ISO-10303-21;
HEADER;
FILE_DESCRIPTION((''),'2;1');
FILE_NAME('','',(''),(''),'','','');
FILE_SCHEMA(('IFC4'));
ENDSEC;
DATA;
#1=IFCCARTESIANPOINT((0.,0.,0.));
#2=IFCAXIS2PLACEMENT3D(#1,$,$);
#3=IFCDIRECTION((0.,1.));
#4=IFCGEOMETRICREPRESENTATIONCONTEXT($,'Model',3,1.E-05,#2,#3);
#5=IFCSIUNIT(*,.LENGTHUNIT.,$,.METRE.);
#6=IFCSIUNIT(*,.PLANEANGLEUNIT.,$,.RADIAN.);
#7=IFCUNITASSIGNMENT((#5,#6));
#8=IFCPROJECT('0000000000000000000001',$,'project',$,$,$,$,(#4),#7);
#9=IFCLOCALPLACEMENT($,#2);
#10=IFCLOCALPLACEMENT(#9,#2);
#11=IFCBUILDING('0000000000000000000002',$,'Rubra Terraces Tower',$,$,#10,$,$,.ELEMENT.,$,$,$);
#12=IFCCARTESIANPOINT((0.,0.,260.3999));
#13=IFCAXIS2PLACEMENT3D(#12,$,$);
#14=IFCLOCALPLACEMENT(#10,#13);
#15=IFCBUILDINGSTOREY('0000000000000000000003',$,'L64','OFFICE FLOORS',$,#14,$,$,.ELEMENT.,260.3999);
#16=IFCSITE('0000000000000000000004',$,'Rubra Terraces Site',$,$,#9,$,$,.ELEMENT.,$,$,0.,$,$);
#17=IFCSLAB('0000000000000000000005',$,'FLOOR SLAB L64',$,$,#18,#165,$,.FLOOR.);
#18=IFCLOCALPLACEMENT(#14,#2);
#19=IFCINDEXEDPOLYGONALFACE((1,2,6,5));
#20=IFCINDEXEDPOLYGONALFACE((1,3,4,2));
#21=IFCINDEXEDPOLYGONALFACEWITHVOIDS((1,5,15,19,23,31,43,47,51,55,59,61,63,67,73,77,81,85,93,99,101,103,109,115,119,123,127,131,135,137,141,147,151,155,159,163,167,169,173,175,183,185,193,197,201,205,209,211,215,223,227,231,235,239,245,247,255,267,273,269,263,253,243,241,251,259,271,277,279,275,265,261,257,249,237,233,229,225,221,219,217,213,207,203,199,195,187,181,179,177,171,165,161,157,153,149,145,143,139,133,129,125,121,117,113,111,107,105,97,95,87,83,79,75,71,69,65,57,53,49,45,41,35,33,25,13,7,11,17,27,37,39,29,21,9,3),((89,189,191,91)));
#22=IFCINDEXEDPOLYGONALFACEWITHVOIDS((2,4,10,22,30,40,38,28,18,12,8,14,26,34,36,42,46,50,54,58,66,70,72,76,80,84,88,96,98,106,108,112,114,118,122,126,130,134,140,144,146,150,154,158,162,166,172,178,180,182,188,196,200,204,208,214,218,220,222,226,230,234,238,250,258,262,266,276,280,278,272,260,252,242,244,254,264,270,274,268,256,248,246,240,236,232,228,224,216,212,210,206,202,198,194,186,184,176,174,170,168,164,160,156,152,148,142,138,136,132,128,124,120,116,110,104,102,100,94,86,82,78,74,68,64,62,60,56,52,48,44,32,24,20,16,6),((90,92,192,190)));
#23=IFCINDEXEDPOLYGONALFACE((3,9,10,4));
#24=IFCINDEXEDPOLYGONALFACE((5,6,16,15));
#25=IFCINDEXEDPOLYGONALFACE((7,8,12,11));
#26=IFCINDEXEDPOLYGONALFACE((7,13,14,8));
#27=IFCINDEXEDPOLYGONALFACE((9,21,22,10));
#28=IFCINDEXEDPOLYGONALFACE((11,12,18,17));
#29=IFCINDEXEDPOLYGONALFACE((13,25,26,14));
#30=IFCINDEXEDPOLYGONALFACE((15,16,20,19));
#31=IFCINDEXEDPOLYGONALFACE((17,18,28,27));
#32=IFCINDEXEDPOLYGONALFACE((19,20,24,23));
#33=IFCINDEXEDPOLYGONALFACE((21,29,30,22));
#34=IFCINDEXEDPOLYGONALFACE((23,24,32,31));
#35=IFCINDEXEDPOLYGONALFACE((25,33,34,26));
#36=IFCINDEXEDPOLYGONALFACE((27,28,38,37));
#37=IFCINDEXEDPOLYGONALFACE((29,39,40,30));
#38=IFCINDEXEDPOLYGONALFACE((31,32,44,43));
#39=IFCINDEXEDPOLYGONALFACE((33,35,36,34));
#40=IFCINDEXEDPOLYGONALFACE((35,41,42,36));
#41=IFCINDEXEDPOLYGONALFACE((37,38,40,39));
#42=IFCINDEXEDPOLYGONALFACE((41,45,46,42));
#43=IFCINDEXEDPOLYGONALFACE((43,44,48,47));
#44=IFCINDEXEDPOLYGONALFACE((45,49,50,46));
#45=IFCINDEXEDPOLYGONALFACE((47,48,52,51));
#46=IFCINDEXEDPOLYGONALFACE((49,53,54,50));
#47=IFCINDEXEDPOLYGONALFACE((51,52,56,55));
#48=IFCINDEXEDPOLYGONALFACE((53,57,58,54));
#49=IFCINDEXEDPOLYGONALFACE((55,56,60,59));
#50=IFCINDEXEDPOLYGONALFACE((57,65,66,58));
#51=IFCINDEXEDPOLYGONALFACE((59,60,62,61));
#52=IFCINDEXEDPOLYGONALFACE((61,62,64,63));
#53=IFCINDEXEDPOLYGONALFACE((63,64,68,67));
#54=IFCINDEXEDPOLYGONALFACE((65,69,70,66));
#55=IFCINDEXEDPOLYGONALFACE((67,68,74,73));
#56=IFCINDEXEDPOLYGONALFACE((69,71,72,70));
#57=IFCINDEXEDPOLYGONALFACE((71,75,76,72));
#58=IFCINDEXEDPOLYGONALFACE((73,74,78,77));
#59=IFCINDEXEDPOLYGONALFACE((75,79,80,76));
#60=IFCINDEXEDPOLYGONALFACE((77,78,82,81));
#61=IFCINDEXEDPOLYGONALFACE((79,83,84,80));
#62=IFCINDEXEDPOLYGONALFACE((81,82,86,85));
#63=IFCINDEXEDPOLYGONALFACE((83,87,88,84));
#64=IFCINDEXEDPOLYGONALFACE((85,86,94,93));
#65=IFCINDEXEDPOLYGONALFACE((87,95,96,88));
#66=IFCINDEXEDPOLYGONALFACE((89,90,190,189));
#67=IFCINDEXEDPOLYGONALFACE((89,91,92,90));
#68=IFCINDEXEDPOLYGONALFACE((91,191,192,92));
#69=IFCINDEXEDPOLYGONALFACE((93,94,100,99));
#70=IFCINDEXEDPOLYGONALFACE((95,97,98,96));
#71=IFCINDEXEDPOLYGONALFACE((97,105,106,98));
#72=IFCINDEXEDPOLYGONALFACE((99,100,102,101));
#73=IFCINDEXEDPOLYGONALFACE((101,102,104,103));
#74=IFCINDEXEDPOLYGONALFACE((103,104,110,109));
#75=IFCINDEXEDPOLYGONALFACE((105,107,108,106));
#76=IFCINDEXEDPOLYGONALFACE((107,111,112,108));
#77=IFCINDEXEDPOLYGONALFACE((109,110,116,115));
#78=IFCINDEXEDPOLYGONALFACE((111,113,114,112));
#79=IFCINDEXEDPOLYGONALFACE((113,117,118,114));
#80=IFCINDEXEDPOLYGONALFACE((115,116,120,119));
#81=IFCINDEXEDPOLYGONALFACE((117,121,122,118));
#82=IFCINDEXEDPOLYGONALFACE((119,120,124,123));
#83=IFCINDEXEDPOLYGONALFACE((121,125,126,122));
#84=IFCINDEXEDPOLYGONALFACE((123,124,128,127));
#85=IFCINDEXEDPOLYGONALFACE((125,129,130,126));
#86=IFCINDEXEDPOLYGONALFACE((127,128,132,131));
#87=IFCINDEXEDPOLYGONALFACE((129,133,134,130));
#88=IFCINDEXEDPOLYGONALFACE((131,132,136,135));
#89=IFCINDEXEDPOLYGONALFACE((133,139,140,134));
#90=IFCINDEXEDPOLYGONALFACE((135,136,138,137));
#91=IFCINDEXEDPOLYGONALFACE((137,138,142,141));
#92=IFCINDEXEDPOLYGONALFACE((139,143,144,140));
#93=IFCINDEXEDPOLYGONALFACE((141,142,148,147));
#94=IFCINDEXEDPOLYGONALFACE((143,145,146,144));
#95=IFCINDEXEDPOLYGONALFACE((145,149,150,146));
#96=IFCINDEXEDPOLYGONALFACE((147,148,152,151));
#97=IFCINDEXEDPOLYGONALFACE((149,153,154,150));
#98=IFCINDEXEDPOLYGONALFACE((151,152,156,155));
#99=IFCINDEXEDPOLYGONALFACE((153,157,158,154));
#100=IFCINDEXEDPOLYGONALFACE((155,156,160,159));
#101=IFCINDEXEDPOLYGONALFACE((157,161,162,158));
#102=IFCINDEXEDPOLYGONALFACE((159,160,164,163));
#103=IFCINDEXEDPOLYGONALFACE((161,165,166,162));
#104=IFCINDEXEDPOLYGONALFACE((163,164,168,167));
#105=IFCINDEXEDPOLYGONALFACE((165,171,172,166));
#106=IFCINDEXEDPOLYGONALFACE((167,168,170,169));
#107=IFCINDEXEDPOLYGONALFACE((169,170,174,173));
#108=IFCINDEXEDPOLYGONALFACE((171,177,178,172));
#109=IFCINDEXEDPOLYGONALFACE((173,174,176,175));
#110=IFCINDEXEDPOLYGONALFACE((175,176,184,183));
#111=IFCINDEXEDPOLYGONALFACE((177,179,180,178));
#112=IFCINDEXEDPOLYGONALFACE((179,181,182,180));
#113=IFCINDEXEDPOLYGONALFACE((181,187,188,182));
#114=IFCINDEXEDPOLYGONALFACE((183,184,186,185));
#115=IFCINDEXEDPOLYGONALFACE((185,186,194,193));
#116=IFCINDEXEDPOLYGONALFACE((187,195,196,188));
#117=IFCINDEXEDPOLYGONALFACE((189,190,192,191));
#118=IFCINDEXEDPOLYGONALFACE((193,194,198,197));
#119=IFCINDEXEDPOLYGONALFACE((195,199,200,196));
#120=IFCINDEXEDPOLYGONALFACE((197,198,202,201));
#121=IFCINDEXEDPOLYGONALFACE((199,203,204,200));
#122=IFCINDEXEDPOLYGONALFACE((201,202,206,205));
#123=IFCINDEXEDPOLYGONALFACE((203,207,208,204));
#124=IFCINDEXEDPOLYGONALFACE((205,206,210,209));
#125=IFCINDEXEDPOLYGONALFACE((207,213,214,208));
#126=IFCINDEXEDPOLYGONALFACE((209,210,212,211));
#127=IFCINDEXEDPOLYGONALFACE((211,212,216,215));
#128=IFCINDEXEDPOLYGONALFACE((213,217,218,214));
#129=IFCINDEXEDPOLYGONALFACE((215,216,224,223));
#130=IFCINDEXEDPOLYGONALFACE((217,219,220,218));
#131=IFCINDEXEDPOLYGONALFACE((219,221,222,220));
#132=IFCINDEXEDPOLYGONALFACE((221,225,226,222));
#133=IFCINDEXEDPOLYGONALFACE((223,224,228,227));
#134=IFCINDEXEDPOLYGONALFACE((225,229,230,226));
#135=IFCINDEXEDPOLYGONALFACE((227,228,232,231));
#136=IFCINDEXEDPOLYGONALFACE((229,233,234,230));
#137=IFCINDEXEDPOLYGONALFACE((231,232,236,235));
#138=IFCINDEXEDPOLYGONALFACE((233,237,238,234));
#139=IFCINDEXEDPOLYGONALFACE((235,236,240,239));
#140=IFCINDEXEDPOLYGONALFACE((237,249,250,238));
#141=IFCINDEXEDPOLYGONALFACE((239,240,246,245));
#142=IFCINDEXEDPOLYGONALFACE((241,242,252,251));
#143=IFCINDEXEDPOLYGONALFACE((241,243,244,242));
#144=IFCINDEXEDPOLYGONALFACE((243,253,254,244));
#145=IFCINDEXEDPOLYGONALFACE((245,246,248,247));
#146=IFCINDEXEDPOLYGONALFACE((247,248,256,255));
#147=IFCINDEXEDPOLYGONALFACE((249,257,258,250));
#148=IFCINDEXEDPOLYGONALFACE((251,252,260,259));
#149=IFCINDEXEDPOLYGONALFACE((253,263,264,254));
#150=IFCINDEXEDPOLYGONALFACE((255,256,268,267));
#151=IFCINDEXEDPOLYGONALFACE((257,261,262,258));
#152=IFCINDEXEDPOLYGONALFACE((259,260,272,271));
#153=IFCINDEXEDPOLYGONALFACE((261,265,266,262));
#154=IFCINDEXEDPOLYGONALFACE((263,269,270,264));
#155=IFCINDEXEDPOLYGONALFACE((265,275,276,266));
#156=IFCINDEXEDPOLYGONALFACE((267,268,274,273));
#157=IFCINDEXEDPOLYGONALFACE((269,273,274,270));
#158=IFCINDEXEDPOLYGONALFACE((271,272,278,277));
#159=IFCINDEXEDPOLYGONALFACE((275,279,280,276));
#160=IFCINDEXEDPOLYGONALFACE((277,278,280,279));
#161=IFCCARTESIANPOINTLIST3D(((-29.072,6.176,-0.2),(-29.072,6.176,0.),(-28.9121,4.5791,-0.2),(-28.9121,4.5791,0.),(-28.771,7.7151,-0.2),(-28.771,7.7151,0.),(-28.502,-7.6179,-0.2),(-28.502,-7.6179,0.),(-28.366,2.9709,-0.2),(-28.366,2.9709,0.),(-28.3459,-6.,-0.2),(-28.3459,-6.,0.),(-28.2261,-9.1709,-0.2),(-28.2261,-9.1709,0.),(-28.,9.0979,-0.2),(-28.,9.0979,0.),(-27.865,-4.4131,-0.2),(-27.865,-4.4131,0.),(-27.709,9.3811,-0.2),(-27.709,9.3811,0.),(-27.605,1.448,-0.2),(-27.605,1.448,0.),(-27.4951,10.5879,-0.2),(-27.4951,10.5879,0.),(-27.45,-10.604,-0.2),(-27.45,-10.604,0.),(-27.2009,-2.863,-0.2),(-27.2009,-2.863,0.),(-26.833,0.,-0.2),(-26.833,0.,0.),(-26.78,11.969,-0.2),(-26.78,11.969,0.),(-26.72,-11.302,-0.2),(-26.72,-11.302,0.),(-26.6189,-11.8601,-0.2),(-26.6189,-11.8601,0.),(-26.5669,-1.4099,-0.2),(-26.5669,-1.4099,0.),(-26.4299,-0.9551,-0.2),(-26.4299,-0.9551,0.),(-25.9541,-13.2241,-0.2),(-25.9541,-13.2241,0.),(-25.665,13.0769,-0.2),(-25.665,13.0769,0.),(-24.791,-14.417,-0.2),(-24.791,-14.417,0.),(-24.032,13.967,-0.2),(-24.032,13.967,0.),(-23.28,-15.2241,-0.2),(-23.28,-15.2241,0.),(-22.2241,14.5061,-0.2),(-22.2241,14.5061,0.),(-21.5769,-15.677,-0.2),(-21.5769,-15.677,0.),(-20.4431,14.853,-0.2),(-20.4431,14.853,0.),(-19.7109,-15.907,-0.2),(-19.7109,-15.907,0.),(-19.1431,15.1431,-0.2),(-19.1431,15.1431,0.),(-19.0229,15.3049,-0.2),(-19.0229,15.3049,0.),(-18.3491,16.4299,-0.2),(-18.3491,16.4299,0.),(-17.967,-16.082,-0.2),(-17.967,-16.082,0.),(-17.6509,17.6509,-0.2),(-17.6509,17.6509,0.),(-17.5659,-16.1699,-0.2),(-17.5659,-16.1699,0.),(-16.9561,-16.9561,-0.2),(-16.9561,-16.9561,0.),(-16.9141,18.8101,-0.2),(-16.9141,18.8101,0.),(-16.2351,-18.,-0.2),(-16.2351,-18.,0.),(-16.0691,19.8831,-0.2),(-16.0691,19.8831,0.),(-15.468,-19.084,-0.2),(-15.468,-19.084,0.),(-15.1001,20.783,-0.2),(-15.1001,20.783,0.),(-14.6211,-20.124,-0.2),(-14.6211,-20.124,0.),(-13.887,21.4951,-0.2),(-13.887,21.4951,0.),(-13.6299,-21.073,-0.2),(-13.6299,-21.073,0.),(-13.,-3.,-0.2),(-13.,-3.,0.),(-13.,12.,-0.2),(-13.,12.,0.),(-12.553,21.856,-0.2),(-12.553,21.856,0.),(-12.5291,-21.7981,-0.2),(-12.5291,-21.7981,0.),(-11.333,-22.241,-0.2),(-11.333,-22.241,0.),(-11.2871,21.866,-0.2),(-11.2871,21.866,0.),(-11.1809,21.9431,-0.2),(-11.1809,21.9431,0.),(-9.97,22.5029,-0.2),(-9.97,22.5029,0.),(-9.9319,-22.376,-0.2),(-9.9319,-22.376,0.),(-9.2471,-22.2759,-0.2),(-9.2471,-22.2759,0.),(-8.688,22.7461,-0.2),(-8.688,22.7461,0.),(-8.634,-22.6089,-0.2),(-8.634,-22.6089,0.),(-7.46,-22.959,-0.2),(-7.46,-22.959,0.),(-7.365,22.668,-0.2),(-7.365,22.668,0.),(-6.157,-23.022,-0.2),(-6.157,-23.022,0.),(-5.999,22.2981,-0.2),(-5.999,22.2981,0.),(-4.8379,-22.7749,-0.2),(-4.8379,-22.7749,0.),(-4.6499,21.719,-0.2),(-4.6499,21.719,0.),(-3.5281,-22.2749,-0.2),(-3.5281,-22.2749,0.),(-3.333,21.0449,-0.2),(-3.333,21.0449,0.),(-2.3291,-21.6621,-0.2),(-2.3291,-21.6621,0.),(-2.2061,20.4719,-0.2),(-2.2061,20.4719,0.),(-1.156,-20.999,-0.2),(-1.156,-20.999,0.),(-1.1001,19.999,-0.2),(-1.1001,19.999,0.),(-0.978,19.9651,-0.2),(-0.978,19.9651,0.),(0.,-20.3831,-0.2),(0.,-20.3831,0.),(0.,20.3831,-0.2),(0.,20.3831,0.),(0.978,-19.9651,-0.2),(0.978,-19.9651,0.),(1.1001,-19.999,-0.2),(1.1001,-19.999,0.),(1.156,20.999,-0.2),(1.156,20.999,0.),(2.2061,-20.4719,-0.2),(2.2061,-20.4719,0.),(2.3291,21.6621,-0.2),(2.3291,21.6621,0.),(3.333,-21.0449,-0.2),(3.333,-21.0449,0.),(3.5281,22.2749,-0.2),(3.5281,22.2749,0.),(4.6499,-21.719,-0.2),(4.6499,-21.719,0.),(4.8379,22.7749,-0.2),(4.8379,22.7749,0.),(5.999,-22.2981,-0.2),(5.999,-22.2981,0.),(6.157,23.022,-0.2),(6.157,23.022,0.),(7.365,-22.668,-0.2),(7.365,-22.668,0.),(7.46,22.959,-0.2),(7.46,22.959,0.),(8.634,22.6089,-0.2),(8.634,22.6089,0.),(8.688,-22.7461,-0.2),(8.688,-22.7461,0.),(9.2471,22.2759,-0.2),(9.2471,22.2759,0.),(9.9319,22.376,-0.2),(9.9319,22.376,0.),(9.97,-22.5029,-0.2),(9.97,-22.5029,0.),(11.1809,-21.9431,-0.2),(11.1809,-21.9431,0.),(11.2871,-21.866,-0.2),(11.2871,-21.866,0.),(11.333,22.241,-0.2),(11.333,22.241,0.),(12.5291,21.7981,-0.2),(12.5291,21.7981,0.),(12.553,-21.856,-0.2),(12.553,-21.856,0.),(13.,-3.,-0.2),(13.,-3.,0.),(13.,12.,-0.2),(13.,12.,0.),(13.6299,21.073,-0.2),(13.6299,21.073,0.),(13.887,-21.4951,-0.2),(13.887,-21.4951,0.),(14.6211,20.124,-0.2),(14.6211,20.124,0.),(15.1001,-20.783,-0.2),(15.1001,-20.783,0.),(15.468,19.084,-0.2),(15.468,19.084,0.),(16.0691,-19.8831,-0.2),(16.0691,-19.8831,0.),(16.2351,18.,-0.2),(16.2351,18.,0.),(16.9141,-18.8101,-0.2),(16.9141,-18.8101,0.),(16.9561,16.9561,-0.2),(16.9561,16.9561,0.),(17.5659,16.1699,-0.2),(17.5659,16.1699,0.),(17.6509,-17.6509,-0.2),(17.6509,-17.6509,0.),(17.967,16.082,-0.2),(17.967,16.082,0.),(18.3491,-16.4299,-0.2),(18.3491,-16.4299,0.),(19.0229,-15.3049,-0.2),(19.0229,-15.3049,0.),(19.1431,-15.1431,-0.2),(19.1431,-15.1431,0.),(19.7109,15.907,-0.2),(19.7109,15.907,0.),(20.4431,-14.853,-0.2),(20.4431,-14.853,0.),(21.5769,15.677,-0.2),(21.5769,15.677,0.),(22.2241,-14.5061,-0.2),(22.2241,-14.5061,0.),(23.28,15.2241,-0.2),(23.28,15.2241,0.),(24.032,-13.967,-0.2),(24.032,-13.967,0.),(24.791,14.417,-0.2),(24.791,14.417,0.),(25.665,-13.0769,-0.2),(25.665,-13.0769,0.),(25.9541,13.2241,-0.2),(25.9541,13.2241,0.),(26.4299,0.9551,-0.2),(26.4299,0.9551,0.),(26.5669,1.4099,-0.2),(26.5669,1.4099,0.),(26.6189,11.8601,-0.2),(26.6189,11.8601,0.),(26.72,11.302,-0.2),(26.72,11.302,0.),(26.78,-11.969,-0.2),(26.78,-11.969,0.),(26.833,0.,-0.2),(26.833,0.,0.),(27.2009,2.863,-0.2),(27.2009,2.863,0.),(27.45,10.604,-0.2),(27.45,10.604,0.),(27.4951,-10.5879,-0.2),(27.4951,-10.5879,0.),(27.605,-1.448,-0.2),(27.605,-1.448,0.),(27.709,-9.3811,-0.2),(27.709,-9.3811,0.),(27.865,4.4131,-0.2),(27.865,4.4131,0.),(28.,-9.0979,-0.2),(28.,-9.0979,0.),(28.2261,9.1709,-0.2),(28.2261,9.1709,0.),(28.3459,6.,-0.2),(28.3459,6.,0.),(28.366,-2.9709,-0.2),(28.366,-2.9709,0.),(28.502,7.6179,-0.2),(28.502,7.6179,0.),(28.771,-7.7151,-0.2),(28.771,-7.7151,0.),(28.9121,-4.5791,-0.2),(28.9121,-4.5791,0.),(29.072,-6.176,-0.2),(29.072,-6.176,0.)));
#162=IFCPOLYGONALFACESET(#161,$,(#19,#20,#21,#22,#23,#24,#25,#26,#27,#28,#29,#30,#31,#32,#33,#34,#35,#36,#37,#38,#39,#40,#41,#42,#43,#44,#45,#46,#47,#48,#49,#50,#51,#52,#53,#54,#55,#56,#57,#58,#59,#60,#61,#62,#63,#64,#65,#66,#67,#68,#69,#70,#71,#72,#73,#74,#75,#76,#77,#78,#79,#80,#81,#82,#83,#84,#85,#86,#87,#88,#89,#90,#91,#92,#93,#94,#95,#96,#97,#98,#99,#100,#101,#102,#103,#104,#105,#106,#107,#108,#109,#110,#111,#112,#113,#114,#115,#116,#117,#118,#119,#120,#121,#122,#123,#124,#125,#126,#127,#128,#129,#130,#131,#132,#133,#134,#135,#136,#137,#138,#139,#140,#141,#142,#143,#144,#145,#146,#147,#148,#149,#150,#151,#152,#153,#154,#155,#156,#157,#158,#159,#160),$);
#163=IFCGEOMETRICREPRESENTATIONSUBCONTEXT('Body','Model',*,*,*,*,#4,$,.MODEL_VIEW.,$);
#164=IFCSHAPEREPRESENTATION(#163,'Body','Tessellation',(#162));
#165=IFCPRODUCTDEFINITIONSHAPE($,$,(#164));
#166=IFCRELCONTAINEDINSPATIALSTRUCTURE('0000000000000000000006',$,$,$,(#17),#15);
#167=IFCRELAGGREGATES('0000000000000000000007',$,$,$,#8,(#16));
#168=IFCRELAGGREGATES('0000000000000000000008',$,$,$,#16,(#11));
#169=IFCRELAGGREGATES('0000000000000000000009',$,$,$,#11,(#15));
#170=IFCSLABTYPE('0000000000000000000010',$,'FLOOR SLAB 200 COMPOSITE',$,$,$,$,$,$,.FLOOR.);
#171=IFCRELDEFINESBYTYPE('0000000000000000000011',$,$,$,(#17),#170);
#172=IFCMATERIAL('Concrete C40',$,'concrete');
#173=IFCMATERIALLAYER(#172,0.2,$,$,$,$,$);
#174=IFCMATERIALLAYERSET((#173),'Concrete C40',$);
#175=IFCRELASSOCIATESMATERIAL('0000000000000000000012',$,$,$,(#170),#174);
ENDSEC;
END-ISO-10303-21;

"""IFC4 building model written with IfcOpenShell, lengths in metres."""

from ifc_helpers import new_model, si_unit, direction, frame, origin, place, context, subcontext, project, spatial, polyline, outline, extrude, material, layer, layer_set, type_object, element, save


model = new_model("IFC4")

# Units and contexts
model_context = context("Model", 3, precision=1e-05, world=origin(), true_north=direction((0.0, 1.0)))
body_context = subcontext(model_context, "Body", "Model", "MODEL_VIEW")
ifc_project = project(units=[si_unit("LENGTHUNIT", "METRE"), si_unit("PLANEANGLEUNIT", "RADIAN")], contexts=[model_context])

# Site, building, storey
site_placement = place(None, origin())
site = spatial("IfcSite", under=ifc_project, at=site_placement, Name="Rubra Terraces Site", CompositionType="ELEMENT", RefElevation=0.0)
building_placement = place(site_placement, origin())
building = spatial("IfcBuilding", under=site, at=building_placement, Name="Rubra Terraces Tower", CompositionType="ELEMENT")
storey_placement = place(building_placement, frame((0.0, 0.0, 260.3999)))
storey = spatial("IfcBuildingStorey", under=building, at=storey_placement, Name="L64", Description="OFFICE FLOORS", CompositionType="ELEMENT", Elevation=260.3999)

# Shared definitions
ifc_material_1 = material(Name="Concrete C40", Category="concrete")

# Slab
ifc_layer_1 = layer(ifc_material_1, 0.2)
ifc_layer_set_1 = layer_set([ifc_layer_1], Name="Concrete C40")
slab_type_1 = type_object("IfcSlabType", Name="FLOOR SLAB 200 COMPOSITE", PredefinedType="FLOOR", material=ifc_layer_set_1)
slab_1_placement = place(storey_placement, frame((0.0, 0.0, -0.2)))
element("IfcSlab", 1, at=slab_1_placement, inside=storey, type_object=slab_type_1, Name="FLOOR SLAB L64", PredefinedType="FLOOR", context=body_context, shape_type="SweptSolid", body=[
    extrude(outline(polyline([(-3.5281, -22.2749), (-2.3291, -21.6621), (-1.156, -20.999), (0.0, -20.3831), (0.978, -19.9651), (1.1001, -19.999), (2.2061, -20.4719), (3.333, -21.0449), (4.6499, -21.719), (5.999, -22.2981), (7.365, -22.668), (8.688, -22.7461), (9.97, -22.5029), (11.1809, -21.9431), (11.2871, -21.866), (12.553, -21.856), (13.887, -21.4951), (15.1001, -20.783), (16.0691, -19.8831), (16.9141, -18.8101), (17.6509, -17.6509), (18.3491, -16.4299), (19.0229, -15.3049), (19.1431, -15.1431), (20.4431, -14.853), (22.2241, -14.5061), (24.032, -13.967), (25.665, -13.0769), (26.78, -11.969), (27.4951, -10.5879), (27.709, -9.3811), (28.0, -9.0979), (28.771, -7.7151), (29.072, -6.176), (28.9121, -4.5791), (28.366, -2.9709), (27.605, -1.448), (26.833, 0.0), (26.4299, 0.9551), (26.5669, 1.4099), (27.2009, 2.863), (27.865, 4.4131), (28.3459, 6.0), (28.502, 7.6179), (28.2261, 9.1709), (27.45, 10.604), (26.72, 11.302), (26.6189, 11.8601), (25.9541, 13.2241), (24.791, 14.417), (23.28, 15.2241), (21.5769, 15.677), (19.7109, 15.907), (17.967, 16.082), (17.5659, 16.1699), (16.9561, 16.9561), (16.2351, 18.0), (15.468, 19.084), (14.6211, 20.124), (13.6299, 21.073), (12.5291, 21.7981), (11.333, 22.241), (9.9319, 22.376), (8.489, 22.165), (9.2471, 22.2759), (8.634, 22.6089), (7.46, 22.959), (6.157, 23.022), (4.8379, 22.7749), (3.5281, 22.2749), (2.3291, 21.6621), (1.156, 20.999), (0.0, 20.3831), (-0.978, 19.9651), (-1.1001, 19.999), (-2.2061, 20.4719), (-3.333, 21.0449), (-4.6499, 21.719), (-5.999, 22.2981), (-7.365, 22.668), (-8.688, 22.7461), (-9.97, 22.5029), (-11.1809, 21.9431), (-11.2871, 21.866), (-12.553, 21.856), (-13.887, 21.4951), (-15.1001, 20.783), (-16.0691, 19.8831), (-16.9141, 18.8101), (-17.6509, 17.6509), (-18.3491, 16.4299), (-19.0229, 15.3049), (-19.1431, 15.1431), (-20.4431, 14.853), (-22.2241, 14.5061), (-24.032, 13.967), (-25.665, 13.0769), (-26.78, 11.969), (-27.4951, 10.5879), (-27.709, 9.3811), (-28.0, 9.0979), (-28.771, 7.7151), (-29.072, 6.176), (-28.9121, 4.5791), (-28.366, 2.9709), (-27.605, 1.448), (-26.833, 0.0), (-26.4299, -0.9551), (-26.5669, -1.4099), (-27.2009, -2.863), (-27.865, -4.4131), (-28.3459, -6.0), (-28.502, -7.6179), (-28.2261, -9.1709), (-27.45, -10.604), (-26.72, -11.302), (-26.6189, -11.8601), (-25.9541, -13.2241), (-24.791, -14.417), (-23.28, -15.2241), (-21.5769, -15.677), (-19.7109, -15.907), (-17.967, -16.082), (-17.5659, -16.1699), (-16.9561, -16.9561), (-16.2351, -18.0), (-15.468, -19.084), (-14.6211, -20.124), (-13.6299, -21.073), (-12.5291, -21.7981), (-11.333, -22.241), (-9.9319, -22.376), (-8.489, -22.165), (-9.2471, -22.2759), (-8.634, -22.6089), (-7.46, -22.959), (-6.157, -23.022), (-4.8379, -22.7749), (-3.5281, -22.2749)]), holes=[polyline([(13.0, 12.0), (13.0, -3.0), (-13.0, -3.0), (-13.0, 12.0), (13.0, 12.0)])]), origin(), (0.0, 0.0, 1.0), 0.2),
])

save(model, "model.ifc")
